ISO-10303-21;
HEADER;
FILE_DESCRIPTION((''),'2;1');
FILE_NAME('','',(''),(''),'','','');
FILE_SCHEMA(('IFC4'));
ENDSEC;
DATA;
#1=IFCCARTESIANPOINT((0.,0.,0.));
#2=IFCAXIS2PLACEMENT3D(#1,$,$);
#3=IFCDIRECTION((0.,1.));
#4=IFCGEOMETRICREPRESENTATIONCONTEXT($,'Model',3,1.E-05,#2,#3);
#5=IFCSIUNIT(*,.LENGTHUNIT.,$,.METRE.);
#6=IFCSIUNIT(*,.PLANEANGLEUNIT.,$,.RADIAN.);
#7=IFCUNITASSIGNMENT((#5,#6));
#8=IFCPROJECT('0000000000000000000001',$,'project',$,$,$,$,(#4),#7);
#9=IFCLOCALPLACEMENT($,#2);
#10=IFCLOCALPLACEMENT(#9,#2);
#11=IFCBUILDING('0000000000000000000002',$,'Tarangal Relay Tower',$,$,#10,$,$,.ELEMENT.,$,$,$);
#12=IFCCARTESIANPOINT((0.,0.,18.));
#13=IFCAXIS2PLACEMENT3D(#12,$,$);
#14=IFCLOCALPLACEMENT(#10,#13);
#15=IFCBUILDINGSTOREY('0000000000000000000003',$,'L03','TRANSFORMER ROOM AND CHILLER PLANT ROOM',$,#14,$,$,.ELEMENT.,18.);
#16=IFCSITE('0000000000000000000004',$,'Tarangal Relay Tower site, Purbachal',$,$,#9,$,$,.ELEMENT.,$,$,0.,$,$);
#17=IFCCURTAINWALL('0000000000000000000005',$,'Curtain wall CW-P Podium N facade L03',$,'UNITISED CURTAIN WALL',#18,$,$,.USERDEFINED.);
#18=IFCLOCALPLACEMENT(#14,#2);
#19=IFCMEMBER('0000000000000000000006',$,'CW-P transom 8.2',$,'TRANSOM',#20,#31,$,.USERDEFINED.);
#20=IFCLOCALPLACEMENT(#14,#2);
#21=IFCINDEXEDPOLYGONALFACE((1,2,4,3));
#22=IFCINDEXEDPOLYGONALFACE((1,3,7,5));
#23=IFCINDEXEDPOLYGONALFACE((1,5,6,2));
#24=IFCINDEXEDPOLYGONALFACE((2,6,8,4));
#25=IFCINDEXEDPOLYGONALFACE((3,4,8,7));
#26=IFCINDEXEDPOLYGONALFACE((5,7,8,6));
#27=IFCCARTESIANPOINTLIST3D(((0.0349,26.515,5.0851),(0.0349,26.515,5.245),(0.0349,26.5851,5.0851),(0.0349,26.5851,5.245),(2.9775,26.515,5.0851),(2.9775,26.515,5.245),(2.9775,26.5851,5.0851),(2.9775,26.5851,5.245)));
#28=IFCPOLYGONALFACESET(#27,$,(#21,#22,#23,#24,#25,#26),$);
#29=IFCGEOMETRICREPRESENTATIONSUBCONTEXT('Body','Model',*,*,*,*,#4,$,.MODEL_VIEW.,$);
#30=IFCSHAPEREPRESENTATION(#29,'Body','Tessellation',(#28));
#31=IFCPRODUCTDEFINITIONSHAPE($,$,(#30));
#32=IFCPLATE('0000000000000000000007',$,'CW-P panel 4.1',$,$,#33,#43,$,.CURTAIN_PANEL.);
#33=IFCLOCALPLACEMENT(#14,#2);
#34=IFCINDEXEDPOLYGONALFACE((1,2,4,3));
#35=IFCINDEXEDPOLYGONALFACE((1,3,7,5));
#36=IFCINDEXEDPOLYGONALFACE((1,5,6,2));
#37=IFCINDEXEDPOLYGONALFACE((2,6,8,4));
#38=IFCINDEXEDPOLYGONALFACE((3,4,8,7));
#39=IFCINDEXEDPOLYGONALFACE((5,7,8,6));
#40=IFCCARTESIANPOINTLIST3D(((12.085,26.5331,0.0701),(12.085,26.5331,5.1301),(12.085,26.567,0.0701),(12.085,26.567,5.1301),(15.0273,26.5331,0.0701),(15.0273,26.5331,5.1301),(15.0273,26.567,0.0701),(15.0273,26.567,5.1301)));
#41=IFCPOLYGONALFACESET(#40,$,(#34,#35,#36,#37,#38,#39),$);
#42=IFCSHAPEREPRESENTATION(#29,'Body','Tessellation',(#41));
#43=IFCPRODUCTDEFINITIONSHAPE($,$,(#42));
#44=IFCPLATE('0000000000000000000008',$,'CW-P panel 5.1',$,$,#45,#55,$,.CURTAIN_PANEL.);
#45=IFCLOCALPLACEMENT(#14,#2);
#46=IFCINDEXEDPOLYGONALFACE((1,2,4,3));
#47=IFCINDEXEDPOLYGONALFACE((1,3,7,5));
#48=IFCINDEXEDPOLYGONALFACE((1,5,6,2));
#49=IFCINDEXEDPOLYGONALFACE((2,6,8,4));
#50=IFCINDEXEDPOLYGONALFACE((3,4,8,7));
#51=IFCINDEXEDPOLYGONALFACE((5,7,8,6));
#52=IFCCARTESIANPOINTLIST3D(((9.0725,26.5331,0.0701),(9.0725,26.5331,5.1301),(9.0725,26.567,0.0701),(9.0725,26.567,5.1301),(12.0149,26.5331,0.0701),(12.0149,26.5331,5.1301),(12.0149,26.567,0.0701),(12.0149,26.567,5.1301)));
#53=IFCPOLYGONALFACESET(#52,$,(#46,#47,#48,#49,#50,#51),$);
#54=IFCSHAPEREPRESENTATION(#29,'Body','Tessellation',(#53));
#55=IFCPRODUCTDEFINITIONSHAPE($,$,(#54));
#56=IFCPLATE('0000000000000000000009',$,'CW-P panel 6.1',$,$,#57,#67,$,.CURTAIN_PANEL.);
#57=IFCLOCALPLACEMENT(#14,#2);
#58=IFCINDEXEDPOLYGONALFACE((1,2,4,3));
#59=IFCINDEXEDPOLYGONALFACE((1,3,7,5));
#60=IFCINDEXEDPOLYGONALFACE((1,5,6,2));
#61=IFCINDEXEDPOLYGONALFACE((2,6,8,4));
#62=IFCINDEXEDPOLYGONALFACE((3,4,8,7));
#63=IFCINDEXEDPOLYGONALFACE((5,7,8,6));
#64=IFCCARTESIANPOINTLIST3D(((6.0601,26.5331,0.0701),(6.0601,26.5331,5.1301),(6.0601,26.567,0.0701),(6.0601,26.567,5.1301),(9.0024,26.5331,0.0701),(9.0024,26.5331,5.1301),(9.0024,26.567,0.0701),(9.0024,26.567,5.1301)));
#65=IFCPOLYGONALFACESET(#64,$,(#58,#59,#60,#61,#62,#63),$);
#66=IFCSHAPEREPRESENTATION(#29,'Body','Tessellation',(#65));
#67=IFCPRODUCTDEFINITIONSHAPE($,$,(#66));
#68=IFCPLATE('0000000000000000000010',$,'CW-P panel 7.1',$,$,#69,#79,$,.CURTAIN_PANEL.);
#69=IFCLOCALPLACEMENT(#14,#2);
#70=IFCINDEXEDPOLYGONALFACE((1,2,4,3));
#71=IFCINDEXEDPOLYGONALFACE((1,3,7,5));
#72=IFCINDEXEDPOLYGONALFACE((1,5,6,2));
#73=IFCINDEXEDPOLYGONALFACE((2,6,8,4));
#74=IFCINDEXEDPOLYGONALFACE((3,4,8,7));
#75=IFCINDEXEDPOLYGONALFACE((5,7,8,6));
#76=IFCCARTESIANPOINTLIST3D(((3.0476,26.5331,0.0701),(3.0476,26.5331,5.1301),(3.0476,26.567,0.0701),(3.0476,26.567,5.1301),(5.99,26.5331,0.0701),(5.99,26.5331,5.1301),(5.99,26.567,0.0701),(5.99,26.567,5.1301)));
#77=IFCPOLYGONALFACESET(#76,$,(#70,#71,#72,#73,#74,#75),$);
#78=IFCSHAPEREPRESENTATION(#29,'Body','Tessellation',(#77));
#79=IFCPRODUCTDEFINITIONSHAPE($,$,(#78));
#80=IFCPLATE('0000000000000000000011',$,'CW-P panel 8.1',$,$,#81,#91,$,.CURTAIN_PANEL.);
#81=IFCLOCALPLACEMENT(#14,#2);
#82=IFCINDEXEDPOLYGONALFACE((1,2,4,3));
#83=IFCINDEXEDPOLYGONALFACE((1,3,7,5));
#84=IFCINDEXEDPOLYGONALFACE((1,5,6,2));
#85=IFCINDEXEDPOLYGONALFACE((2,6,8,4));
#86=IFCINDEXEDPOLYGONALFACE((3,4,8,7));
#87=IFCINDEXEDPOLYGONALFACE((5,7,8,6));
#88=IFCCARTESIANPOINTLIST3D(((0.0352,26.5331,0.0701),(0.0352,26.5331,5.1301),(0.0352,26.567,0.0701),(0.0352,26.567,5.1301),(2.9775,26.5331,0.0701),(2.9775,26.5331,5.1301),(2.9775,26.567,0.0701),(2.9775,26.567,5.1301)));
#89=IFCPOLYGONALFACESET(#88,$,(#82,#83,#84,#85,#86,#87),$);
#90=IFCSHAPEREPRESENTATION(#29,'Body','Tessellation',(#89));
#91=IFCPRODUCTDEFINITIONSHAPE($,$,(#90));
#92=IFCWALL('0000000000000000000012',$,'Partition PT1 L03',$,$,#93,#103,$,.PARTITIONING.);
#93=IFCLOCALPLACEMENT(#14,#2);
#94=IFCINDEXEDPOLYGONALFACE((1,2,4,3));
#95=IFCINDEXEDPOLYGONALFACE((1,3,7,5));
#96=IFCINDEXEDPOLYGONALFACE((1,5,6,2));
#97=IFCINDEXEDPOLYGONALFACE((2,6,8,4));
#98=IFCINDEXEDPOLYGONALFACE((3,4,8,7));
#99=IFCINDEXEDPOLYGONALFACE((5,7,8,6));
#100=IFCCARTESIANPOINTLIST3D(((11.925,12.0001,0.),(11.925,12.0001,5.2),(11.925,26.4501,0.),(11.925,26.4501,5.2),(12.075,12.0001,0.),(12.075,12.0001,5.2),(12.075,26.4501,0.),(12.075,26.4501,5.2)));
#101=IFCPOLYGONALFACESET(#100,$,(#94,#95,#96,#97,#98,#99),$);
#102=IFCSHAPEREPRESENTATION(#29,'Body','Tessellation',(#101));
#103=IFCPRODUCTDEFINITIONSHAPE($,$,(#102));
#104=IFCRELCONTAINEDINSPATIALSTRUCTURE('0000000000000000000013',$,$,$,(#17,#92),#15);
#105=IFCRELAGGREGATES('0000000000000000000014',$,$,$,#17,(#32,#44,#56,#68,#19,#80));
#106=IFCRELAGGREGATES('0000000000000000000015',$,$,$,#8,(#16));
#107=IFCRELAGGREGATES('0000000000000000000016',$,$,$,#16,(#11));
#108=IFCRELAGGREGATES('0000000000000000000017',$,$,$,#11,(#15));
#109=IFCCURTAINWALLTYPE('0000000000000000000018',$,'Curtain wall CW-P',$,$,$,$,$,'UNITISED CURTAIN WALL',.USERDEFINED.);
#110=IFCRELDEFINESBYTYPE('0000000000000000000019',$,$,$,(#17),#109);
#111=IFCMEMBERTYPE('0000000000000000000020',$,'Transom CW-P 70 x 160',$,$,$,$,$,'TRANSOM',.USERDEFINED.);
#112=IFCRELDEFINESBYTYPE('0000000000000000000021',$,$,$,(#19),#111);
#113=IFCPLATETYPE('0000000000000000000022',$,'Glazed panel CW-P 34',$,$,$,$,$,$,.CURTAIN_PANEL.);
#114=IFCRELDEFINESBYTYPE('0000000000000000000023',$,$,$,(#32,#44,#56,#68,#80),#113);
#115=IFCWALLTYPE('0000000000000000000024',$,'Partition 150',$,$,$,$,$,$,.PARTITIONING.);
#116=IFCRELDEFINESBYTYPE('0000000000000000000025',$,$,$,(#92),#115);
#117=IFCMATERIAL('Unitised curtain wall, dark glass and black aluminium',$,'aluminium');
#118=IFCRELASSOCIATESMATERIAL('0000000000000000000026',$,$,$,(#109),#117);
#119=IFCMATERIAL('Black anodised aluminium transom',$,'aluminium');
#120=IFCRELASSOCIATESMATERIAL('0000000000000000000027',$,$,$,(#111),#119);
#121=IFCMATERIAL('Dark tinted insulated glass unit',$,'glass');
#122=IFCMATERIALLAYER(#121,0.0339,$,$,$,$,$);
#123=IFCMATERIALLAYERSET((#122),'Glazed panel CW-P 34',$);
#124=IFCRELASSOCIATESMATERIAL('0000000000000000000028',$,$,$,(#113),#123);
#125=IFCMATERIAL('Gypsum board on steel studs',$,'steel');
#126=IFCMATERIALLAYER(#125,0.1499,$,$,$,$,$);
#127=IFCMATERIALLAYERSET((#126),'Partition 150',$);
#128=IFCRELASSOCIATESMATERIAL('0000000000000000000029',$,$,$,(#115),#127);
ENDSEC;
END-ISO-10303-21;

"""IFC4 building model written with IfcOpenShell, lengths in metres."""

from ifc_helpers import new_model, si_unit, direction, frame, frame_2d, origin, origin_2d, place, context, subcontext, project, spatial, rectangle, extrude, material, layer, layer_set, material_profile, profile_set, type_object, element, aggregate, save


model = new_model("IFC4")

# Units and contexts
model_context = context("Model", 3, precision=1e-05, world=origin(), true_north=direction((0.0, 1.0)))
body_context = subcontext(model_context, "Body", "Model", "MODEL_VIEW")
ifc_project = project(units=[si_unit("LENGTHUNIT", "METRE"), si_unit("PLANEANGLEUNIT", "RADIAN")], contexts=[model_context])

# Site, building, storey
site_placement = place(None, origin())
site = spatial("IfcSite", under=ifc_project, at=site_placement, Name="Tarangal Relay Tower site, Purbachal", CompositionType="ELEMENT", RefElevation=0.0)
building_placement = place(site_placement, origin())
building = spatial("IfcBuilding", under=site, at=building_placement, Name="Tarangal Relay Tower", CompositionType="ELEMENT")
storey_placement = place(building_placement, frame((0.0, 0.0, 18.0)))
storey = spatial("IfcBuildingStorey", under=building, at=storey_placement, Name="L03", Description="TRANSFORMER ROOM AND CHILLER PLANT ROOM", CompositionType="ELEMENT", Elevation=18.0)

# Curtain wall, member, plates
ifc_material_1 = material(Name="Unitised curtain wall, dark glass and black aluminium", Category="aluminium")
curtain_wall_type = type_object("IfcCurtainWallType", Name="Curtain wall CW-P", ElementType="UNITISED CURTAIN WALL", PredefinedType="USERDEFINED", material=ifc_material_1)
curtain_wall_placement = place(storey_placement, origin())
curtain_wall = element("IfcCurtainWall", 1, at=curtain_wall_placement, inside=storey, type_object=curtain_wall_type, Name="Curtain wall CW-P Podium N facade L03", ObjectType="UNITISED CURTAIN WALL", PredefinedType="USERDEFINED")
ifc_material_2 = material(Name="Black anodised aluminium transom", Category="aluminium")
ifc_material_profile_1 = material_profile(ifc_material_2, rectangle(XDim=0.0701, YDim=0.1599, at=origin_2d()), Name="CW-PT 70X160")
ifc_profile_set_1 = profile_set([ifc_material_profile_1], Name="Black anodised aluminium transom")
member_type_1 = type_object("IfcMemberType", Name="Transom CW-P 70 x 160", ElementType="TRANSOM", PredefinedType="USERDEFINED", material=ifc_profile_set_1)
member_1_placement = place(storey_placement, frame((2.9775, 26.55, 5.165), z_axis=(-1.0, 0.0, 0.0), x_axis=(0.0, -1.0, 0.0)))
member_1 = element("IfcMember", 2, at=member_1_placement, type_object=member_type_1, Name="CW-P transom 8.2", ObjectType="TRANSOM", PredefinedType="USERDEFINED", context=body_context, shape_type="SweptSolid", body=[
    extrude(rectangle(XDim=0.0701, YDim=0.1599, at=origin_2d()), origin(), (0.0, 0.0, 1.0), 2.9426),
])
ifc_material_3 = material(Name="Dark tinted insulated glass unit", Category="glass")
ifc_layer_1 = layer(ifc_material_3, 0.0339)
ifc_layer_set_1 = layer_set([ifc_layer_1], Name="Glazed panel CW-P 34")
plate_type = type_object("IfcPlateType", Name="Glazed panel CW-P 34", PredefinedType="CURTAIN_PANEL", material=ifc_layer_set_1)
plate_1_placement = place(storey_placement, frame((13.5562, 26.55, 0.0701), z_axis=(0.0, 0.0, 1.0), x_axis=(-1.0, 0.0, 0.0)))
plate_1 = element("IfcPlate", 3, at=plate_1_placement, type_object=plate_type, Name="CW-P panel 4.1", PredefinedType="CURTAIN_PANEL", context=body_context, shape_type="SweptSolid", body=[
    extrude(rectangle(XDim=2.9424, YDim=0.0339, at=origin_2d()), origin(), (0.0, 0.0, 1.0), 5.0601),
])
plate_2_placement = place(storey_placement, frame((10.5437, 26.55, 0.0701), z_axis=(0.0, 0.0, 1.0), x_axis=(-1.0, 0.0, 0.0)))
plate_2 = element("IfcPlate", 4, at=plate_2_placement, type_object=plate_type, Name="CW-P panel 5.1", PredefinedType="CURTAIN_PANEL", context=body_context, shape_type="SweptSolid", body=[
    extrude(rectangle(XDim=2.9424, YDim=0.0339, at=origin_2d()), origin(), (0.0, 0.0, 1.0), 5.0601),
])
plate_3_placement = place(storey_placement, frame((7.5312, 26.55, 0.0701), z_axis=(0.0, 0.0, 1.0), x_axis=(-1.0, 0.0, 0.0)))
plate_3 = element("IfcPlate", 5, at=plate_3_placement, type_object=plate_type, Name="CW-P panel 6.1", PredefinedType="CURTAIN_PANEL", context=body_context, shape_type="SweptSolid", body=[
    extrude(rectangle(XDim=2.9424, YDim=0.0339, at=origin_2d()), origin(), (0.0, 0.0, 1.0), 5.0601),
])
plate_4_placement = place(storey_placement, frame((4.5188, 26.55, 0.0701), z_axis=(0.0, 0.0, 1.0), x_axis=(-1.0, 0.0, 0.0)))
plate_4 = element("IfcPlate", 6, at=plate_4_placement, type_object=plate_type, Name="CW-P panel 7.1", PredefinedType="CURTAIN_PANEL", context=body_context, shape_type="SweptSolid", body=[
    extrude(rectangle(XDim=2.9424, YDim=0.0339, at=origin_2d()), origin(), (0.0, 0.0, 1.0), 5.0601),
])
plate_5_placement = place(storey_placement, frame((1.5063, 26.55, 0.0701), z_axis=(0.0, 0.0, 1.0), x_axis=(-1.0, 0.0, 0.0)))
plate_5 = element("IfcPlate", 7, at=plate_5_placement, type_object=plate_type, Name="CW-P panel 8.1", PredefinedType="CURTAIN_PANEL", context=body_context, shape_type="SweptSolid", body=[
    extrude(rectangle(XDim=2.9424, YDim=0.0339, at=origin_2d()), origin(), (0.0, 0.0, 1.0), 5.0601),
])
aggregate(curtain_wall, [plate_1, plate_2, plate_3, plate_4, member_1, plate_5])

# Wall
ifc_material_4 = material(Name="Gypsum board on steel studs", Category="steel")
ifc_layer_2 = layer(ifc_material_4, 0.1499)
ifc_layer_set_2 = layer_set([ifc_layer_2], Name="Partition 150")
wall_type = type_object("IfcWallType", Name="Partition 150", PredefinedType="PARTITIONING", material=ifc_layer_set_2)
wall_placement = place(storey_placement, frame((12.0, 12.0, 0.0), z_axis=(0.0, 0.0, 1.0), x_axis=(0.0, 1.0, 0.0)))
element("IfcWall", 8, at=wall_placement, inside=storey, type_object=wall_type, Name="Partition PT1 L03", PredefinedType="PARTITIONING", context=body_context, shape_type="SweptSolid", body=[
    extrude(rectangle(XDim=14.45, YDim=0.1499, at=frame_2d((7.2251, 0.0))), origin(), (0.0, 0.0, 1.0), 5.2),
])

save(model, "model.ifc")
